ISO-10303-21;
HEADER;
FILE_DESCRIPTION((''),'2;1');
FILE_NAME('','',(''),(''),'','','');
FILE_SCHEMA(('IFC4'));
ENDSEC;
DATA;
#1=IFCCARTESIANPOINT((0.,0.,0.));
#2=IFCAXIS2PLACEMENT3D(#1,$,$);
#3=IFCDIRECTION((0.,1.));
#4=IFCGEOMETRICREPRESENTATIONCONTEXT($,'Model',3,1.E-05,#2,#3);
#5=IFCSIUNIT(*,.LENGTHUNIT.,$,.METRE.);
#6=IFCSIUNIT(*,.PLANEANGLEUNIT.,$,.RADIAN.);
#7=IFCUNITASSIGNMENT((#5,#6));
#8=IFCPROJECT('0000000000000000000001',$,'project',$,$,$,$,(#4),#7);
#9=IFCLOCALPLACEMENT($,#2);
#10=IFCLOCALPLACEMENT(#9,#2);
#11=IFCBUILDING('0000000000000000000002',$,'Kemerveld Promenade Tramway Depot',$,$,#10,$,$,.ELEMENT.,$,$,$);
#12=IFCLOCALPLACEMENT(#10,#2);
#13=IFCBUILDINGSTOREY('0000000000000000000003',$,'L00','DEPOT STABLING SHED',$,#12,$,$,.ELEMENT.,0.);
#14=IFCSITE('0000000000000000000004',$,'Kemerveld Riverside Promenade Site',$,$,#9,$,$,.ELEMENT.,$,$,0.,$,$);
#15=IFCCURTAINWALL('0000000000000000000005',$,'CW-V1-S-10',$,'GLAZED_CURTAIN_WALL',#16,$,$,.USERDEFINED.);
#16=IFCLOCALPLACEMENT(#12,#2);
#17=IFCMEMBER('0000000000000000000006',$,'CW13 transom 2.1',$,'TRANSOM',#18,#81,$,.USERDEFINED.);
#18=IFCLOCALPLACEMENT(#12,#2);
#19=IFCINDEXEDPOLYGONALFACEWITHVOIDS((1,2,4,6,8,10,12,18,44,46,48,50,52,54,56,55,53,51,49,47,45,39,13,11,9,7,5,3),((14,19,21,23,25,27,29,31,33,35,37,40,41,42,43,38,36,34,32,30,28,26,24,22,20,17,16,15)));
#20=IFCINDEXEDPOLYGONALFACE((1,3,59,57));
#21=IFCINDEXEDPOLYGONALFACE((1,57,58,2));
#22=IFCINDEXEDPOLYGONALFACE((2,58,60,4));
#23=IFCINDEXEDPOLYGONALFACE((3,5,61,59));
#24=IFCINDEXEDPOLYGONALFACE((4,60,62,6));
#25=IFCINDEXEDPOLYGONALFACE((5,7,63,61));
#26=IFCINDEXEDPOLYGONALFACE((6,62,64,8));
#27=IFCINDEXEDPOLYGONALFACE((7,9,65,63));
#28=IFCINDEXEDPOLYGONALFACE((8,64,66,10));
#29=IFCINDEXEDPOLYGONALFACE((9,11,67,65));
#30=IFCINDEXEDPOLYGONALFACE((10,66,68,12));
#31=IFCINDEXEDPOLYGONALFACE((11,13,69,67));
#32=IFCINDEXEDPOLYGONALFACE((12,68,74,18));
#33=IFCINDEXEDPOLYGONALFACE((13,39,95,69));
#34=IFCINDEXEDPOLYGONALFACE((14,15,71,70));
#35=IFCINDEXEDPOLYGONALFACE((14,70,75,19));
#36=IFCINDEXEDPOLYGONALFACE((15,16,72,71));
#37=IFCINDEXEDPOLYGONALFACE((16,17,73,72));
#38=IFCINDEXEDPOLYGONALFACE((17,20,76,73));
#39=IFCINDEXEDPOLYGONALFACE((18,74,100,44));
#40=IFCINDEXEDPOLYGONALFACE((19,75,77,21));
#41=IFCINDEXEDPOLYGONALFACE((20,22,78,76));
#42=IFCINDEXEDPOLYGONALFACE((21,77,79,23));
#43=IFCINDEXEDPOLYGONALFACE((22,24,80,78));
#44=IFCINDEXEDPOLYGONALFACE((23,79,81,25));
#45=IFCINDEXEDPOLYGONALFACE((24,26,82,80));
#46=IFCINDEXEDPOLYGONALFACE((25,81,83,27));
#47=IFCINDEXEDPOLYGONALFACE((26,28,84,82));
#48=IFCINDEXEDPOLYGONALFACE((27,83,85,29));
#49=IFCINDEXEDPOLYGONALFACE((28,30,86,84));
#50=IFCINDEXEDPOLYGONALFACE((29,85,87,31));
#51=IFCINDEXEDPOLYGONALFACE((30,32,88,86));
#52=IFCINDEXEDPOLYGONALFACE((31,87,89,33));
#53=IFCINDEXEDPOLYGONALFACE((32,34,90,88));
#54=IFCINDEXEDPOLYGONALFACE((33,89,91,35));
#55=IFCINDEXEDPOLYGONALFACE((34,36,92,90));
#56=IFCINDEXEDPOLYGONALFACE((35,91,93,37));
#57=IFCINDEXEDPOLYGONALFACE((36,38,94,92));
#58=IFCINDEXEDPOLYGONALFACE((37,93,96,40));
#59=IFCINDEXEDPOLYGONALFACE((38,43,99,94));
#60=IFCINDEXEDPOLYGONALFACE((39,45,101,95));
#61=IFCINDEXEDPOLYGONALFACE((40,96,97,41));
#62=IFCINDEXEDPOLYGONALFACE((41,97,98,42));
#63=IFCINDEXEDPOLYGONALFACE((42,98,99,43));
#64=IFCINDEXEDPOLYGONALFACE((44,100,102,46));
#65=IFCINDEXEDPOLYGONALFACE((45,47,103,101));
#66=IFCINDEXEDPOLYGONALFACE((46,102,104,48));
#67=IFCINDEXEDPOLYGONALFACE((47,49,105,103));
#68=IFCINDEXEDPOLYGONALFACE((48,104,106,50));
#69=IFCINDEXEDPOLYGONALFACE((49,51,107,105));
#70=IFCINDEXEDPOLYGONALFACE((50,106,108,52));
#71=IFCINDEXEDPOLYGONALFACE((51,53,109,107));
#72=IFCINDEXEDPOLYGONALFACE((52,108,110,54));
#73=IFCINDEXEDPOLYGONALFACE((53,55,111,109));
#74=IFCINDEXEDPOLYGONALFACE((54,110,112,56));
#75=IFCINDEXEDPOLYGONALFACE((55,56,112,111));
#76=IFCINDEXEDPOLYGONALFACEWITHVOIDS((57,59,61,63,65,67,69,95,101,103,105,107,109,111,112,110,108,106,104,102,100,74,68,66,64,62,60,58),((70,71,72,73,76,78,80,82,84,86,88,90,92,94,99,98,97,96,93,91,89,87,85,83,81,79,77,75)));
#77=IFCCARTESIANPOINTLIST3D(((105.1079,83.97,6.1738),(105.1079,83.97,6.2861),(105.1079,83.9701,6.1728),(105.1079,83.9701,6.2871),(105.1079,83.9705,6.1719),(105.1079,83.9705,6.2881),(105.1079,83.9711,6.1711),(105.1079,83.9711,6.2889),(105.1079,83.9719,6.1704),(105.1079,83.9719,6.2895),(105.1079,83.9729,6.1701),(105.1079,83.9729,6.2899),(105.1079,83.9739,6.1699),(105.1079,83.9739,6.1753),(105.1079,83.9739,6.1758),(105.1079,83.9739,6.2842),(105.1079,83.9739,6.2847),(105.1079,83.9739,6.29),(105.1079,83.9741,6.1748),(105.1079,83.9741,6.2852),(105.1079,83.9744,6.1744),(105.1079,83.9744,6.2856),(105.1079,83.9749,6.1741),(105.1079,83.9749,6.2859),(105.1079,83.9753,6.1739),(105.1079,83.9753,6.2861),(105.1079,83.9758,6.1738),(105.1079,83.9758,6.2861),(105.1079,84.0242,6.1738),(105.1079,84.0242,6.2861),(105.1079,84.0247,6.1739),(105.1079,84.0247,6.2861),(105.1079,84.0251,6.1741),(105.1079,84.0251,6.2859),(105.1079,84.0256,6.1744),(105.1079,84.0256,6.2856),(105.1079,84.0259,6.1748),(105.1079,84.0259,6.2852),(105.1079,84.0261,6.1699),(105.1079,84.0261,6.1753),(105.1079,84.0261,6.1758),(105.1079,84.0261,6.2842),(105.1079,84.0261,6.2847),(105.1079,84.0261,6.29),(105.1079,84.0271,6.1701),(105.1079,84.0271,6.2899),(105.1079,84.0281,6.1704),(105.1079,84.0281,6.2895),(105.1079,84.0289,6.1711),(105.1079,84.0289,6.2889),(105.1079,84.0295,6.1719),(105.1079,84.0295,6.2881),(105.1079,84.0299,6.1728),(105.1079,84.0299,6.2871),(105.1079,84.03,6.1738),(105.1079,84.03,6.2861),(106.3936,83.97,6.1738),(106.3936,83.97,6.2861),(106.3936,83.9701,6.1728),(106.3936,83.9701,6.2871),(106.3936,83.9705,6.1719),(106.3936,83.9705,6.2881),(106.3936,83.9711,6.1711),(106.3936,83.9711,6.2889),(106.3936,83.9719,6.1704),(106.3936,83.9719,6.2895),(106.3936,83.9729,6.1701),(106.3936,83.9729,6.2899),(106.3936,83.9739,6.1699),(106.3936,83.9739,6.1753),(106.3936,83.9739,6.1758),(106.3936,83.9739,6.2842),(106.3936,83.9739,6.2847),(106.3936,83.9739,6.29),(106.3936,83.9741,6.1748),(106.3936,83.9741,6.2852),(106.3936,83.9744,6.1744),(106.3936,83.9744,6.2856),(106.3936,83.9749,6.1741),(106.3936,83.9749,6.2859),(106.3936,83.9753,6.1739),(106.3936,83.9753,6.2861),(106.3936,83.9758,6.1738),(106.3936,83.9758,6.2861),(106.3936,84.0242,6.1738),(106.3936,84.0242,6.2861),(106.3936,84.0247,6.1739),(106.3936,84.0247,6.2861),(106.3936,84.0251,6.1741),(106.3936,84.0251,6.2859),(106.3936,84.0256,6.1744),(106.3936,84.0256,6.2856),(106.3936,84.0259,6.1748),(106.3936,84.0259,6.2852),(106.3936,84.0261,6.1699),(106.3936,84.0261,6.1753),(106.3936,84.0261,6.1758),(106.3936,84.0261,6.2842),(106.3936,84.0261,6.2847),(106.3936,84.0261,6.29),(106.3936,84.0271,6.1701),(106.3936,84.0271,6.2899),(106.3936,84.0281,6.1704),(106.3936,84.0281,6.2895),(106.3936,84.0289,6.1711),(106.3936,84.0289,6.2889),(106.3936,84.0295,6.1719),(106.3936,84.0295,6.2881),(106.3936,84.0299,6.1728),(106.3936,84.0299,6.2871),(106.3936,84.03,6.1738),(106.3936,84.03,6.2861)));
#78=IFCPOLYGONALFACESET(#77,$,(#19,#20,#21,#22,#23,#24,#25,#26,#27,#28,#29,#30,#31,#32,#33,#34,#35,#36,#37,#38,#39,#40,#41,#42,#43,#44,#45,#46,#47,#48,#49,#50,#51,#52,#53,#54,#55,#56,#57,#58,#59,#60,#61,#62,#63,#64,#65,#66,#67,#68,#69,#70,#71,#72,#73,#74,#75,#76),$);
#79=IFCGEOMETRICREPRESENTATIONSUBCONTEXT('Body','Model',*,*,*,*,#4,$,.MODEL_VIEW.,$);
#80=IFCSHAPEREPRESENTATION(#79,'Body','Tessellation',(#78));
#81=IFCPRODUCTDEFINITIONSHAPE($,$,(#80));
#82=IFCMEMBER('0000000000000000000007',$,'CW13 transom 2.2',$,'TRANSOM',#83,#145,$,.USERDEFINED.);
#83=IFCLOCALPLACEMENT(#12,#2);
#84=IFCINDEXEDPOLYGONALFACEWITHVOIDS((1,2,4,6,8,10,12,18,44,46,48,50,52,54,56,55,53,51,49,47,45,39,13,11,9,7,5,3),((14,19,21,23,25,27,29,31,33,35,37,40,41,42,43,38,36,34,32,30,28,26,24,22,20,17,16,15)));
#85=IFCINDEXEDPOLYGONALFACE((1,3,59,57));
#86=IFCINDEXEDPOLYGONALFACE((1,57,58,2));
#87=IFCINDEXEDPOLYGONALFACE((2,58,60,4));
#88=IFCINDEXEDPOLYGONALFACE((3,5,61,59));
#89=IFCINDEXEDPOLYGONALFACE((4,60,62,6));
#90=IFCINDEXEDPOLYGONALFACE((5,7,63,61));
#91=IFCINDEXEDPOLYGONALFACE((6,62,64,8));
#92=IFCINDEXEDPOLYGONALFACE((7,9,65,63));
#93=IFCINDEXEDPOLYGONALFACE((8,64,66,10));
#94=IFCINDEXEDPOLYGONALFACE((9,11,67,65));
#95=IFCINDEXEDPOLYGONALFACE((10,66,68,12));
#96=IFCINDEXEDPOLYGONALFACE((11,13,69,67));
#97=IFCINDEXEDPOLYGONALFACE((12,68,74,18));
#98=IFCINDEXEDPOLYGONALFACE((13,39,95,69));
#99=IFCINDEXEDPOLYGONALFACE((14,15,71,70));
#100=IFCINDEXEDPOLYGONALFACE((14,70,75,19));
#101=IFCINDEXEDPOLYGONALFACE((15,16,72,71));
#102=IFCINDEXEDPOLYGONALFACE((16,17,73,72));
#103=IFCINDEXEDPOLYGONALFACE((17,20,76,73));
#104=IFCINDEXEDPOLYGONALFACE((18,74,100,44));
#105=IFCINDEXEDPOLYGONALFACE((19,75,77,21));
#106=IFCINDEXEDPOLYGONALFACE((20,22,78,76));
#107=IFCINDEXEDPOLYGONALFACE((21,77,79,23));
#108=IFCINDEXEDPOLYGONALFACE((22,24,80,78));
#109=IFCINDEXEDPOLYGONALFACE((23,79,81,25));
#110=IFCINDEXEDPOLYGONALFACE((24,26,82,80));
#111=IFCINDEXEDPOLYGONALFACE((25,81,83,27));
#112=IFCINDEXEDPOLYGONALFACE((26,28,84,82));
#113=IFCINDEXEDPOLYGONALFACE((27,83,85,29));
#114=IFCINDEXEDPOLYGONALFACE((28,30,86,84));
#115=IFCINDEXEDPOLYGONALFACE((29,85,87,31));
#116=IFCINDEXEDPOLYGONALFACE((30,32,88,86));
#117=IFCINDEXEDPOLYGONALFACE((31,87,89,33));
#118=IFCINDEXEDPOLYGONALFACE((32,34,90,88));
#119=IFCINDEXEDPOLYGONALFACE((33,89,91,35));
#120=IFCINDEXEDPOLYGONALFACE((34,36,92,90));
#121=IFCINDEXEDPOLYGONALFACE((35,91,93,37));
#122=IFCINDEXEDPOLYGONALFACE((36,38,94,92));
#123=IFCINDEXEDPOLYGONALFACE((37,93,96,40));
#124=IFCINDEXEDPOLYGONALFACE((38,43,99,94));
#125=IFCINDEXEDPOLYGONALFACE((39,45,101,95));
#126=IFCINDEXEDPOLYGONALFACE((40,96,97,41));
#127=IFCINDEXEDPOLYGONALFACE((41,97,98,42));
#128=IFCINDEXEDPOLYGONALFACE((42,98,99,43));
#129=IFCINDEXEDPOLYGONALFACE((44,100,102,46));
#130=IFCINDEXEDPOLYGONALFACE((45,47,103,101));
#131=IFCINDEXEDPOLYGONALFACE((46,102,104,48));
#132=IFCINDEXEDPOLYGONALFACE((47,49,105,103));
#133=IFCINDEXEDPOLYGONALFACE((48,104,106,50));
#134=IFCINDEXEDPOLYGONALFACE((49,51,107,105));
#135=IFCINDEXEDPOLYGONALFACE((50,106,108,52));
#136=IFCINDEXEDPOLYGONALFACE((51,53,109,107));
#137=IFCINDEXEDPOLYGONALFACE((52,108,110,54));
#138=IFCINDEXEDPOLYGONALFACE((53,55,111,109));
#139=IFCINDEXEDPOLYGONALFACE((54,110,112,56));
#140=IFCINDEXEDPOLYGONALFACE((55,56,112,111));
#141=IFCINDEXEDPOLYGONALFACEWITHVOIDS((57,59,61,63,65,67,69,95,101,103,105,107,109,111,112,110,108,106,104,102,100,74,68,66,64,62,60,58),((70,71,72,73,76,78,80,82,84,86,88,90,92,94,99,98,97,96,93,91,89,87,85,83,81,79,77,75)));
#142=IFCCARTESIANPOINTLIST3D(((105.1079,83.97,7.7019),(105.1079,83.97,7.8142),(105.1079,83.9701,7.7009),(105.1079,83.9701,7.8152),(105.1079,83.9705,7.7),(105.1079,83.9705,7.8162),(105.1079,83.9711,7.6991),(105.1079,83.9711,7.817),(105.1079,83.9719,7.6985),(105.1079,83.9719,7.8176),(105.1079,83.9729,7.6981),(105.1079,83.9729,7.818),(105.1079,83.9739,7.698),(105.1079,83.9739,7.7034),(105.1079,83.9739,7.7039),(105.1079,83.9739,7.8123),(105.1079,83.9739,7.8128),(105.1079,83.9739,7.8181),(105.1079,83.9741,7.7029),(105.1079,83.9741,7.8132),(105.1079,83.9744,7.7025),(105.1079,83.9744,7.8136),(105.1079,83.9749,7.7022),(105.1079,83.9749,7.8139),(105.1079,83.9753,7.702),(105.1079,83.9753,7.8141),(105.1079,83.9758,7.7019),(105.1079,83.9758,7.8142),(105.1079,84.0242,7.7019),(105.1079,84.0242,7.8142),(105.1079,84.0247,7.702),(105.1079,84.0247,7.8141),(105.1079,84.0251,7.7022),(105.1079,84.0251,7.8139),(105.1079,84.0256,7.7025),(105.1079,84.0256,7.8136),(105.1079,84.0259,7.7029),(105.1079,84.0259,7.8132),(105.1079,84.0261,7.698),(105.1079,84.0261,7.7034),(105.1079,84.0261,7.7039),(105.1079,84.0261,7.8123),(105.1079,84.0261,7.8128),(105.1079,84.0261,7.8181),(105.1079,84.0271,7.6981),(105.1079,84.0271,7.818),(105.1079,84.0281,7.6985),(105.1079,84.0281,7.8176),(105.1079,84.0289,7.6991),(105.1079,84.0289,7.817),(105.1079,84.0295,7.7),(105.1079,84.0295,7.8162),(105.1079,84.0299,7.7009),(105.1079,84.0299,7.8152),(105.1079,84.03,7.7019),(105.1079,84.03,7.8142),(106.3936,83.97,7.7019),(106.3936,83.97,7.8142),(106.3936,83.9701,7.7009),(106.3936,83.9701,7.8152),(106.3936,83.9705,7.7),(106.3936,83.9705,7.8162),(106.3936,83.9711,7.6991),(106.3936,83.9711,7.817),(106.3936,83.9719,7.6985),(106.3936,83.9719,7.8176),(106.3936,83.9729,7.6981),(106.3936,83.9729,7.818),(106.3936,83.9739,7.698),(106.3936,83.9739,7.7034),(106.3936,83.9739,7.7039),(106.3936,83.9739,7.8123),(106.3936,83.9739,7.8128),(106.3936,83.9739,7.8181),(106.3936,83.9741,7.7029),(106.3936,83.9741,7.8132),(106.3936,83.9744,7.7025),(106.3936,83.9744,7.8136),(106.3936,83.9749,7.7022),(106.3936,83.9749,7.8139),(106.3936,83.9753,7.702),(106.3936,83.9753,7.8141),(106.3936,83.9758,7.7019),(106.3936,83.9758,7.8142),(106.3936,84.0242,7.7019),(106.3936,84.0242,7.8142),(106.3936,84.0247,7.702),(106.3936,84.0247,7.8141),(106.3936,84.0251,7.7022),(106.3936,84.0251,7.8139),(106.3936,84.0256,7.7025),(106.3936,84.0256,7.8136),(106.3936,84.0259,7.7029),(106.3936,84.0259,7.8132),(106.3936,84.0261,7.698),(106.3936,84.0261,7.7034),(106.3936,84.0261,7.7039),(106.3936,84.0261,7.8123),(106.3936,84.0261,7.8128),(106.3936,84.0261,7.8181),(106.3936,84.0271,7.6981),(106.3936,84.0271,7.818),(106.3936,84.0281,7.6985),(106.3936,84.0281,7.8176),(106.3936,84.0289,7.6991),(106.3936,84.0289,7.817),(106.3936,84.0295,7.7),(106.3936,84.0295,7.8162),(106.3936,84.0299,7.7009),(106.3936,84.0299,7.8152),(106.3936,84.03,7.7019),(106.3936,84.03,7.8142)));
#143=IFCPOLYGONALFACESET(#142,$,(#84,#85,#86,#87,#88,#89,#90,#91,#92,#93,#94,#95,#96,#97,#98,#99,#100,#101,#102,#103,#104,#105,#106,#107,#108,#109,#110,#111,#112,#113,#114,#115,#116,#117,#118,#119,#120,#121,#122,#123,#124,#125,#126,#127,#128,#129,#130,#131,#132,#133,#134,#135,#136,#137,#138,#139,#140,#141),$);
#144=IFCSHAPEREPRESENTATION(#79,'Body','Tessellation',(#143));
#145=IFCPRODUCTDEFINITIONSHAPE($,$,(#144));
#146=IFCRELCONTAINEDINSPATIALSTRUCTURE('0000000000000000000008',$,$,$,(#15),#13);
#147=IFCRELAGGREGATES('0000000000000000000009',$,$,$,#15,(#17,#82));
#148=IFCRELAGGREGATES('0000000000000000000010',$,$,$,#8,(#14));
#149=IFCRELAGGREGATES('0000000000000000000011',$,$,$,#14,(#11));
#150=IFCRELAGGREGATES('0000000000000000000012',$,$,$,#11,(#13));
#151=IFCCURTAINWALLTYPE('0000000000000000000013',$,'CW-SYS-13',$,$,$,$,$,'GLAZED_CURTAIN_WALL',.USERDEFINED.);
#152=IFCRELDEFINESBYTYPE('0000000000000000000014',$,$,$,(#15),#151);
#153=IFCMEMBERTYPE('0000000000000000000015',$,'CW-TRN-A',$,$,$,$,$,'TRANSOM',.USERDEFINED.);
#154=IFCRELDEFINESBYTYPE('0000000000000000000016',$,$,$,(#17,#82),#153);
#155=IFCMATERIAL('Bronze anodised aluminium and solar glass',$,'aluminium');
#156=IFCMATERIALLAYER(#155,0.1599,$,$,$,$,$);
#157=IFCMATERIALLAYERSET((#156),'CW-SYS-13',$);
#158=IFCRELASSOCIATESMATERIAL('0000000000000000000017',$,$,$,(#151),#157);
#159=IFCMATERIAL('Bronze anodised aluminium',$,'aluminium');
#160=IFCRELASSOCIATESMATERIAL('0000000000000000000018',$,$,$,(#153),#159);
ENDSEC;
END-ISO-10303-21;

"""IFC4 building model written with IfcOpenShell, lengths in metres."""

from ifc_helpers import new_model, si_unit, direction, frame, origin, origin_2d, place, context, subcontext, project, spatial, hollow_rectangle, extrude, material, layer, layer_set, material_profile, profile_set, type_object, element, aggregate, save


model = new_model("IFC4")

# Units and contexts
model_context = context("Model", 3, precision=1e-05, world=origin(), true_north=direction((0.0, 1.0)))
body_context = subcontext(model_context, "Body", "Model", "MODEL_VIEW")
ifc_project = project(units=[si_unit("LENGTHUNIT", "METRE"), si_unit("PLANEANGLEUNIT", "RADIAN")], contexts=[model_context])

# Site, building, storey
site_placement = place(None, origin())
site = spatial("IfcSite", under=ifc_project, at=site_placement, Name="Kemerveld Riverside Promenade Site", CompositionType="ELEMENT", RefElevation=0.0)
building_placement = place(site_placement, origin())
building = spatial("IfcBuilding", under=site, at=building_placement, Name="Kemerveld Promenade Tramway Depot", CompositionType="ELEMENT")
storey_placement = place(building_placement, origin())
storey = spatial("IfcBuildingStorey", under=building, at=storey_placement, Name="L00", Description="DEPOT STABLING SHED", CompositionType="ELEMENT", Elevation=0.0)

# Curtain wall
ifc_material_1 = material(Name="Bronze anodised aluminium and solar glass", Category="aluminium")
ifc_layer_1 = layer(ifc_material_1, 0.1599)
ifc_layer_set_1 = layer_set([ifc_layer_1], Name="CW-SYS-13")
curtain_wall_type_1 = type_object("IfcCurtainWallType", Name="CW-SYS-13", ElementType="GLAZED_CURTAIN_WALL", PredefinedType="USERDEFINED", material=ifc_layer_set_1)
curtain_wall_1_placement = place(storey_placement, origin())
curtain_wall_1 = element("IfcCurtainWall", 1, at=curtain_wall_1_placement, inside=storey, type_object=curtain_wall_type_1, Name="CW-V1-S-10", ObjectType="GLAZED_CURTAIN_WALL", PredefinedType="USERDEFINED")
ifc_material_2 = material(Name="Bronze anodised aluminium", Category="aluminium")

# Members
ifc_material_profile_1 = material_profile(ifc_material_2, hollow_rectangle(XDim=0.0601, YDim=0.1201, WallThickness=0.0039, InnerFilletRadius=0.002, OuterFilletRadius=0.0039, at=origin_2d()), Name="CW-TRN-120x60")
ifc_profile_set_1 = profile_set([ifc_material_profile_1], Name="Bronze anodised aluminium")
member_type_1 = type_object("IfcMemberType", Name="CW-TRN-A", ElementType="TRANSOM", PredefinedType="USERDEFINED", material=ifc_profile_set_1)
member_1_placement = place(storey_placement, frame((106.3936, 84.0, 6.23), z_axis=(-1.0, 0.0, 0.0), x_axis=(0.0, -1.0, 0.0)))
member_1 = element("IfcMember", 2, at=member_1_placement, type_object=member_type_1, Name="CW13 transom 2.1", ObjectType="TRANSOM", PredefinedType="USERDEFINED", context=body_context, shape_type="SweptSolid", body=[
    extrude(hollow_rectangle(XDim=0.0601, YDim=0.1201, WallThickness=0.0039, InnerFilletRadius=0.002, OuterFilletRadius=0.0039, at=origin_2d()), origin(), (0.0, 0.0, 1.0), 1.2856),
])
member_2_placement = place(storey_placement, frame((106.3936, 84.0, 7.7581), z_axis=(-1.0, 0.0, 0.0), x_axis=(0.0, -1.0, 0.0)))
member_2 = element("IfcMember", 3, at=member_2_placement, type_object=member_type_1, Name="CW13 transom 2.2", ObjectType="TRANSOM", PredefinedType="USERDEFINED", context=body_context, shape_type="SweptSolid", body=[
    extrude(hollow_rectangle(XDim=0.0601, YDim=0.1201, WallThickness=0.0039, InnerFilletRadius=0.002, OuterFilletRadius=0.0039, at=origin_2d()), origin(), (0.0, 0.0, 1.0), 1.2856),
])

aggregate(curtain_wall_1, [member_1, member_2])

save(model, "model.ifc")
